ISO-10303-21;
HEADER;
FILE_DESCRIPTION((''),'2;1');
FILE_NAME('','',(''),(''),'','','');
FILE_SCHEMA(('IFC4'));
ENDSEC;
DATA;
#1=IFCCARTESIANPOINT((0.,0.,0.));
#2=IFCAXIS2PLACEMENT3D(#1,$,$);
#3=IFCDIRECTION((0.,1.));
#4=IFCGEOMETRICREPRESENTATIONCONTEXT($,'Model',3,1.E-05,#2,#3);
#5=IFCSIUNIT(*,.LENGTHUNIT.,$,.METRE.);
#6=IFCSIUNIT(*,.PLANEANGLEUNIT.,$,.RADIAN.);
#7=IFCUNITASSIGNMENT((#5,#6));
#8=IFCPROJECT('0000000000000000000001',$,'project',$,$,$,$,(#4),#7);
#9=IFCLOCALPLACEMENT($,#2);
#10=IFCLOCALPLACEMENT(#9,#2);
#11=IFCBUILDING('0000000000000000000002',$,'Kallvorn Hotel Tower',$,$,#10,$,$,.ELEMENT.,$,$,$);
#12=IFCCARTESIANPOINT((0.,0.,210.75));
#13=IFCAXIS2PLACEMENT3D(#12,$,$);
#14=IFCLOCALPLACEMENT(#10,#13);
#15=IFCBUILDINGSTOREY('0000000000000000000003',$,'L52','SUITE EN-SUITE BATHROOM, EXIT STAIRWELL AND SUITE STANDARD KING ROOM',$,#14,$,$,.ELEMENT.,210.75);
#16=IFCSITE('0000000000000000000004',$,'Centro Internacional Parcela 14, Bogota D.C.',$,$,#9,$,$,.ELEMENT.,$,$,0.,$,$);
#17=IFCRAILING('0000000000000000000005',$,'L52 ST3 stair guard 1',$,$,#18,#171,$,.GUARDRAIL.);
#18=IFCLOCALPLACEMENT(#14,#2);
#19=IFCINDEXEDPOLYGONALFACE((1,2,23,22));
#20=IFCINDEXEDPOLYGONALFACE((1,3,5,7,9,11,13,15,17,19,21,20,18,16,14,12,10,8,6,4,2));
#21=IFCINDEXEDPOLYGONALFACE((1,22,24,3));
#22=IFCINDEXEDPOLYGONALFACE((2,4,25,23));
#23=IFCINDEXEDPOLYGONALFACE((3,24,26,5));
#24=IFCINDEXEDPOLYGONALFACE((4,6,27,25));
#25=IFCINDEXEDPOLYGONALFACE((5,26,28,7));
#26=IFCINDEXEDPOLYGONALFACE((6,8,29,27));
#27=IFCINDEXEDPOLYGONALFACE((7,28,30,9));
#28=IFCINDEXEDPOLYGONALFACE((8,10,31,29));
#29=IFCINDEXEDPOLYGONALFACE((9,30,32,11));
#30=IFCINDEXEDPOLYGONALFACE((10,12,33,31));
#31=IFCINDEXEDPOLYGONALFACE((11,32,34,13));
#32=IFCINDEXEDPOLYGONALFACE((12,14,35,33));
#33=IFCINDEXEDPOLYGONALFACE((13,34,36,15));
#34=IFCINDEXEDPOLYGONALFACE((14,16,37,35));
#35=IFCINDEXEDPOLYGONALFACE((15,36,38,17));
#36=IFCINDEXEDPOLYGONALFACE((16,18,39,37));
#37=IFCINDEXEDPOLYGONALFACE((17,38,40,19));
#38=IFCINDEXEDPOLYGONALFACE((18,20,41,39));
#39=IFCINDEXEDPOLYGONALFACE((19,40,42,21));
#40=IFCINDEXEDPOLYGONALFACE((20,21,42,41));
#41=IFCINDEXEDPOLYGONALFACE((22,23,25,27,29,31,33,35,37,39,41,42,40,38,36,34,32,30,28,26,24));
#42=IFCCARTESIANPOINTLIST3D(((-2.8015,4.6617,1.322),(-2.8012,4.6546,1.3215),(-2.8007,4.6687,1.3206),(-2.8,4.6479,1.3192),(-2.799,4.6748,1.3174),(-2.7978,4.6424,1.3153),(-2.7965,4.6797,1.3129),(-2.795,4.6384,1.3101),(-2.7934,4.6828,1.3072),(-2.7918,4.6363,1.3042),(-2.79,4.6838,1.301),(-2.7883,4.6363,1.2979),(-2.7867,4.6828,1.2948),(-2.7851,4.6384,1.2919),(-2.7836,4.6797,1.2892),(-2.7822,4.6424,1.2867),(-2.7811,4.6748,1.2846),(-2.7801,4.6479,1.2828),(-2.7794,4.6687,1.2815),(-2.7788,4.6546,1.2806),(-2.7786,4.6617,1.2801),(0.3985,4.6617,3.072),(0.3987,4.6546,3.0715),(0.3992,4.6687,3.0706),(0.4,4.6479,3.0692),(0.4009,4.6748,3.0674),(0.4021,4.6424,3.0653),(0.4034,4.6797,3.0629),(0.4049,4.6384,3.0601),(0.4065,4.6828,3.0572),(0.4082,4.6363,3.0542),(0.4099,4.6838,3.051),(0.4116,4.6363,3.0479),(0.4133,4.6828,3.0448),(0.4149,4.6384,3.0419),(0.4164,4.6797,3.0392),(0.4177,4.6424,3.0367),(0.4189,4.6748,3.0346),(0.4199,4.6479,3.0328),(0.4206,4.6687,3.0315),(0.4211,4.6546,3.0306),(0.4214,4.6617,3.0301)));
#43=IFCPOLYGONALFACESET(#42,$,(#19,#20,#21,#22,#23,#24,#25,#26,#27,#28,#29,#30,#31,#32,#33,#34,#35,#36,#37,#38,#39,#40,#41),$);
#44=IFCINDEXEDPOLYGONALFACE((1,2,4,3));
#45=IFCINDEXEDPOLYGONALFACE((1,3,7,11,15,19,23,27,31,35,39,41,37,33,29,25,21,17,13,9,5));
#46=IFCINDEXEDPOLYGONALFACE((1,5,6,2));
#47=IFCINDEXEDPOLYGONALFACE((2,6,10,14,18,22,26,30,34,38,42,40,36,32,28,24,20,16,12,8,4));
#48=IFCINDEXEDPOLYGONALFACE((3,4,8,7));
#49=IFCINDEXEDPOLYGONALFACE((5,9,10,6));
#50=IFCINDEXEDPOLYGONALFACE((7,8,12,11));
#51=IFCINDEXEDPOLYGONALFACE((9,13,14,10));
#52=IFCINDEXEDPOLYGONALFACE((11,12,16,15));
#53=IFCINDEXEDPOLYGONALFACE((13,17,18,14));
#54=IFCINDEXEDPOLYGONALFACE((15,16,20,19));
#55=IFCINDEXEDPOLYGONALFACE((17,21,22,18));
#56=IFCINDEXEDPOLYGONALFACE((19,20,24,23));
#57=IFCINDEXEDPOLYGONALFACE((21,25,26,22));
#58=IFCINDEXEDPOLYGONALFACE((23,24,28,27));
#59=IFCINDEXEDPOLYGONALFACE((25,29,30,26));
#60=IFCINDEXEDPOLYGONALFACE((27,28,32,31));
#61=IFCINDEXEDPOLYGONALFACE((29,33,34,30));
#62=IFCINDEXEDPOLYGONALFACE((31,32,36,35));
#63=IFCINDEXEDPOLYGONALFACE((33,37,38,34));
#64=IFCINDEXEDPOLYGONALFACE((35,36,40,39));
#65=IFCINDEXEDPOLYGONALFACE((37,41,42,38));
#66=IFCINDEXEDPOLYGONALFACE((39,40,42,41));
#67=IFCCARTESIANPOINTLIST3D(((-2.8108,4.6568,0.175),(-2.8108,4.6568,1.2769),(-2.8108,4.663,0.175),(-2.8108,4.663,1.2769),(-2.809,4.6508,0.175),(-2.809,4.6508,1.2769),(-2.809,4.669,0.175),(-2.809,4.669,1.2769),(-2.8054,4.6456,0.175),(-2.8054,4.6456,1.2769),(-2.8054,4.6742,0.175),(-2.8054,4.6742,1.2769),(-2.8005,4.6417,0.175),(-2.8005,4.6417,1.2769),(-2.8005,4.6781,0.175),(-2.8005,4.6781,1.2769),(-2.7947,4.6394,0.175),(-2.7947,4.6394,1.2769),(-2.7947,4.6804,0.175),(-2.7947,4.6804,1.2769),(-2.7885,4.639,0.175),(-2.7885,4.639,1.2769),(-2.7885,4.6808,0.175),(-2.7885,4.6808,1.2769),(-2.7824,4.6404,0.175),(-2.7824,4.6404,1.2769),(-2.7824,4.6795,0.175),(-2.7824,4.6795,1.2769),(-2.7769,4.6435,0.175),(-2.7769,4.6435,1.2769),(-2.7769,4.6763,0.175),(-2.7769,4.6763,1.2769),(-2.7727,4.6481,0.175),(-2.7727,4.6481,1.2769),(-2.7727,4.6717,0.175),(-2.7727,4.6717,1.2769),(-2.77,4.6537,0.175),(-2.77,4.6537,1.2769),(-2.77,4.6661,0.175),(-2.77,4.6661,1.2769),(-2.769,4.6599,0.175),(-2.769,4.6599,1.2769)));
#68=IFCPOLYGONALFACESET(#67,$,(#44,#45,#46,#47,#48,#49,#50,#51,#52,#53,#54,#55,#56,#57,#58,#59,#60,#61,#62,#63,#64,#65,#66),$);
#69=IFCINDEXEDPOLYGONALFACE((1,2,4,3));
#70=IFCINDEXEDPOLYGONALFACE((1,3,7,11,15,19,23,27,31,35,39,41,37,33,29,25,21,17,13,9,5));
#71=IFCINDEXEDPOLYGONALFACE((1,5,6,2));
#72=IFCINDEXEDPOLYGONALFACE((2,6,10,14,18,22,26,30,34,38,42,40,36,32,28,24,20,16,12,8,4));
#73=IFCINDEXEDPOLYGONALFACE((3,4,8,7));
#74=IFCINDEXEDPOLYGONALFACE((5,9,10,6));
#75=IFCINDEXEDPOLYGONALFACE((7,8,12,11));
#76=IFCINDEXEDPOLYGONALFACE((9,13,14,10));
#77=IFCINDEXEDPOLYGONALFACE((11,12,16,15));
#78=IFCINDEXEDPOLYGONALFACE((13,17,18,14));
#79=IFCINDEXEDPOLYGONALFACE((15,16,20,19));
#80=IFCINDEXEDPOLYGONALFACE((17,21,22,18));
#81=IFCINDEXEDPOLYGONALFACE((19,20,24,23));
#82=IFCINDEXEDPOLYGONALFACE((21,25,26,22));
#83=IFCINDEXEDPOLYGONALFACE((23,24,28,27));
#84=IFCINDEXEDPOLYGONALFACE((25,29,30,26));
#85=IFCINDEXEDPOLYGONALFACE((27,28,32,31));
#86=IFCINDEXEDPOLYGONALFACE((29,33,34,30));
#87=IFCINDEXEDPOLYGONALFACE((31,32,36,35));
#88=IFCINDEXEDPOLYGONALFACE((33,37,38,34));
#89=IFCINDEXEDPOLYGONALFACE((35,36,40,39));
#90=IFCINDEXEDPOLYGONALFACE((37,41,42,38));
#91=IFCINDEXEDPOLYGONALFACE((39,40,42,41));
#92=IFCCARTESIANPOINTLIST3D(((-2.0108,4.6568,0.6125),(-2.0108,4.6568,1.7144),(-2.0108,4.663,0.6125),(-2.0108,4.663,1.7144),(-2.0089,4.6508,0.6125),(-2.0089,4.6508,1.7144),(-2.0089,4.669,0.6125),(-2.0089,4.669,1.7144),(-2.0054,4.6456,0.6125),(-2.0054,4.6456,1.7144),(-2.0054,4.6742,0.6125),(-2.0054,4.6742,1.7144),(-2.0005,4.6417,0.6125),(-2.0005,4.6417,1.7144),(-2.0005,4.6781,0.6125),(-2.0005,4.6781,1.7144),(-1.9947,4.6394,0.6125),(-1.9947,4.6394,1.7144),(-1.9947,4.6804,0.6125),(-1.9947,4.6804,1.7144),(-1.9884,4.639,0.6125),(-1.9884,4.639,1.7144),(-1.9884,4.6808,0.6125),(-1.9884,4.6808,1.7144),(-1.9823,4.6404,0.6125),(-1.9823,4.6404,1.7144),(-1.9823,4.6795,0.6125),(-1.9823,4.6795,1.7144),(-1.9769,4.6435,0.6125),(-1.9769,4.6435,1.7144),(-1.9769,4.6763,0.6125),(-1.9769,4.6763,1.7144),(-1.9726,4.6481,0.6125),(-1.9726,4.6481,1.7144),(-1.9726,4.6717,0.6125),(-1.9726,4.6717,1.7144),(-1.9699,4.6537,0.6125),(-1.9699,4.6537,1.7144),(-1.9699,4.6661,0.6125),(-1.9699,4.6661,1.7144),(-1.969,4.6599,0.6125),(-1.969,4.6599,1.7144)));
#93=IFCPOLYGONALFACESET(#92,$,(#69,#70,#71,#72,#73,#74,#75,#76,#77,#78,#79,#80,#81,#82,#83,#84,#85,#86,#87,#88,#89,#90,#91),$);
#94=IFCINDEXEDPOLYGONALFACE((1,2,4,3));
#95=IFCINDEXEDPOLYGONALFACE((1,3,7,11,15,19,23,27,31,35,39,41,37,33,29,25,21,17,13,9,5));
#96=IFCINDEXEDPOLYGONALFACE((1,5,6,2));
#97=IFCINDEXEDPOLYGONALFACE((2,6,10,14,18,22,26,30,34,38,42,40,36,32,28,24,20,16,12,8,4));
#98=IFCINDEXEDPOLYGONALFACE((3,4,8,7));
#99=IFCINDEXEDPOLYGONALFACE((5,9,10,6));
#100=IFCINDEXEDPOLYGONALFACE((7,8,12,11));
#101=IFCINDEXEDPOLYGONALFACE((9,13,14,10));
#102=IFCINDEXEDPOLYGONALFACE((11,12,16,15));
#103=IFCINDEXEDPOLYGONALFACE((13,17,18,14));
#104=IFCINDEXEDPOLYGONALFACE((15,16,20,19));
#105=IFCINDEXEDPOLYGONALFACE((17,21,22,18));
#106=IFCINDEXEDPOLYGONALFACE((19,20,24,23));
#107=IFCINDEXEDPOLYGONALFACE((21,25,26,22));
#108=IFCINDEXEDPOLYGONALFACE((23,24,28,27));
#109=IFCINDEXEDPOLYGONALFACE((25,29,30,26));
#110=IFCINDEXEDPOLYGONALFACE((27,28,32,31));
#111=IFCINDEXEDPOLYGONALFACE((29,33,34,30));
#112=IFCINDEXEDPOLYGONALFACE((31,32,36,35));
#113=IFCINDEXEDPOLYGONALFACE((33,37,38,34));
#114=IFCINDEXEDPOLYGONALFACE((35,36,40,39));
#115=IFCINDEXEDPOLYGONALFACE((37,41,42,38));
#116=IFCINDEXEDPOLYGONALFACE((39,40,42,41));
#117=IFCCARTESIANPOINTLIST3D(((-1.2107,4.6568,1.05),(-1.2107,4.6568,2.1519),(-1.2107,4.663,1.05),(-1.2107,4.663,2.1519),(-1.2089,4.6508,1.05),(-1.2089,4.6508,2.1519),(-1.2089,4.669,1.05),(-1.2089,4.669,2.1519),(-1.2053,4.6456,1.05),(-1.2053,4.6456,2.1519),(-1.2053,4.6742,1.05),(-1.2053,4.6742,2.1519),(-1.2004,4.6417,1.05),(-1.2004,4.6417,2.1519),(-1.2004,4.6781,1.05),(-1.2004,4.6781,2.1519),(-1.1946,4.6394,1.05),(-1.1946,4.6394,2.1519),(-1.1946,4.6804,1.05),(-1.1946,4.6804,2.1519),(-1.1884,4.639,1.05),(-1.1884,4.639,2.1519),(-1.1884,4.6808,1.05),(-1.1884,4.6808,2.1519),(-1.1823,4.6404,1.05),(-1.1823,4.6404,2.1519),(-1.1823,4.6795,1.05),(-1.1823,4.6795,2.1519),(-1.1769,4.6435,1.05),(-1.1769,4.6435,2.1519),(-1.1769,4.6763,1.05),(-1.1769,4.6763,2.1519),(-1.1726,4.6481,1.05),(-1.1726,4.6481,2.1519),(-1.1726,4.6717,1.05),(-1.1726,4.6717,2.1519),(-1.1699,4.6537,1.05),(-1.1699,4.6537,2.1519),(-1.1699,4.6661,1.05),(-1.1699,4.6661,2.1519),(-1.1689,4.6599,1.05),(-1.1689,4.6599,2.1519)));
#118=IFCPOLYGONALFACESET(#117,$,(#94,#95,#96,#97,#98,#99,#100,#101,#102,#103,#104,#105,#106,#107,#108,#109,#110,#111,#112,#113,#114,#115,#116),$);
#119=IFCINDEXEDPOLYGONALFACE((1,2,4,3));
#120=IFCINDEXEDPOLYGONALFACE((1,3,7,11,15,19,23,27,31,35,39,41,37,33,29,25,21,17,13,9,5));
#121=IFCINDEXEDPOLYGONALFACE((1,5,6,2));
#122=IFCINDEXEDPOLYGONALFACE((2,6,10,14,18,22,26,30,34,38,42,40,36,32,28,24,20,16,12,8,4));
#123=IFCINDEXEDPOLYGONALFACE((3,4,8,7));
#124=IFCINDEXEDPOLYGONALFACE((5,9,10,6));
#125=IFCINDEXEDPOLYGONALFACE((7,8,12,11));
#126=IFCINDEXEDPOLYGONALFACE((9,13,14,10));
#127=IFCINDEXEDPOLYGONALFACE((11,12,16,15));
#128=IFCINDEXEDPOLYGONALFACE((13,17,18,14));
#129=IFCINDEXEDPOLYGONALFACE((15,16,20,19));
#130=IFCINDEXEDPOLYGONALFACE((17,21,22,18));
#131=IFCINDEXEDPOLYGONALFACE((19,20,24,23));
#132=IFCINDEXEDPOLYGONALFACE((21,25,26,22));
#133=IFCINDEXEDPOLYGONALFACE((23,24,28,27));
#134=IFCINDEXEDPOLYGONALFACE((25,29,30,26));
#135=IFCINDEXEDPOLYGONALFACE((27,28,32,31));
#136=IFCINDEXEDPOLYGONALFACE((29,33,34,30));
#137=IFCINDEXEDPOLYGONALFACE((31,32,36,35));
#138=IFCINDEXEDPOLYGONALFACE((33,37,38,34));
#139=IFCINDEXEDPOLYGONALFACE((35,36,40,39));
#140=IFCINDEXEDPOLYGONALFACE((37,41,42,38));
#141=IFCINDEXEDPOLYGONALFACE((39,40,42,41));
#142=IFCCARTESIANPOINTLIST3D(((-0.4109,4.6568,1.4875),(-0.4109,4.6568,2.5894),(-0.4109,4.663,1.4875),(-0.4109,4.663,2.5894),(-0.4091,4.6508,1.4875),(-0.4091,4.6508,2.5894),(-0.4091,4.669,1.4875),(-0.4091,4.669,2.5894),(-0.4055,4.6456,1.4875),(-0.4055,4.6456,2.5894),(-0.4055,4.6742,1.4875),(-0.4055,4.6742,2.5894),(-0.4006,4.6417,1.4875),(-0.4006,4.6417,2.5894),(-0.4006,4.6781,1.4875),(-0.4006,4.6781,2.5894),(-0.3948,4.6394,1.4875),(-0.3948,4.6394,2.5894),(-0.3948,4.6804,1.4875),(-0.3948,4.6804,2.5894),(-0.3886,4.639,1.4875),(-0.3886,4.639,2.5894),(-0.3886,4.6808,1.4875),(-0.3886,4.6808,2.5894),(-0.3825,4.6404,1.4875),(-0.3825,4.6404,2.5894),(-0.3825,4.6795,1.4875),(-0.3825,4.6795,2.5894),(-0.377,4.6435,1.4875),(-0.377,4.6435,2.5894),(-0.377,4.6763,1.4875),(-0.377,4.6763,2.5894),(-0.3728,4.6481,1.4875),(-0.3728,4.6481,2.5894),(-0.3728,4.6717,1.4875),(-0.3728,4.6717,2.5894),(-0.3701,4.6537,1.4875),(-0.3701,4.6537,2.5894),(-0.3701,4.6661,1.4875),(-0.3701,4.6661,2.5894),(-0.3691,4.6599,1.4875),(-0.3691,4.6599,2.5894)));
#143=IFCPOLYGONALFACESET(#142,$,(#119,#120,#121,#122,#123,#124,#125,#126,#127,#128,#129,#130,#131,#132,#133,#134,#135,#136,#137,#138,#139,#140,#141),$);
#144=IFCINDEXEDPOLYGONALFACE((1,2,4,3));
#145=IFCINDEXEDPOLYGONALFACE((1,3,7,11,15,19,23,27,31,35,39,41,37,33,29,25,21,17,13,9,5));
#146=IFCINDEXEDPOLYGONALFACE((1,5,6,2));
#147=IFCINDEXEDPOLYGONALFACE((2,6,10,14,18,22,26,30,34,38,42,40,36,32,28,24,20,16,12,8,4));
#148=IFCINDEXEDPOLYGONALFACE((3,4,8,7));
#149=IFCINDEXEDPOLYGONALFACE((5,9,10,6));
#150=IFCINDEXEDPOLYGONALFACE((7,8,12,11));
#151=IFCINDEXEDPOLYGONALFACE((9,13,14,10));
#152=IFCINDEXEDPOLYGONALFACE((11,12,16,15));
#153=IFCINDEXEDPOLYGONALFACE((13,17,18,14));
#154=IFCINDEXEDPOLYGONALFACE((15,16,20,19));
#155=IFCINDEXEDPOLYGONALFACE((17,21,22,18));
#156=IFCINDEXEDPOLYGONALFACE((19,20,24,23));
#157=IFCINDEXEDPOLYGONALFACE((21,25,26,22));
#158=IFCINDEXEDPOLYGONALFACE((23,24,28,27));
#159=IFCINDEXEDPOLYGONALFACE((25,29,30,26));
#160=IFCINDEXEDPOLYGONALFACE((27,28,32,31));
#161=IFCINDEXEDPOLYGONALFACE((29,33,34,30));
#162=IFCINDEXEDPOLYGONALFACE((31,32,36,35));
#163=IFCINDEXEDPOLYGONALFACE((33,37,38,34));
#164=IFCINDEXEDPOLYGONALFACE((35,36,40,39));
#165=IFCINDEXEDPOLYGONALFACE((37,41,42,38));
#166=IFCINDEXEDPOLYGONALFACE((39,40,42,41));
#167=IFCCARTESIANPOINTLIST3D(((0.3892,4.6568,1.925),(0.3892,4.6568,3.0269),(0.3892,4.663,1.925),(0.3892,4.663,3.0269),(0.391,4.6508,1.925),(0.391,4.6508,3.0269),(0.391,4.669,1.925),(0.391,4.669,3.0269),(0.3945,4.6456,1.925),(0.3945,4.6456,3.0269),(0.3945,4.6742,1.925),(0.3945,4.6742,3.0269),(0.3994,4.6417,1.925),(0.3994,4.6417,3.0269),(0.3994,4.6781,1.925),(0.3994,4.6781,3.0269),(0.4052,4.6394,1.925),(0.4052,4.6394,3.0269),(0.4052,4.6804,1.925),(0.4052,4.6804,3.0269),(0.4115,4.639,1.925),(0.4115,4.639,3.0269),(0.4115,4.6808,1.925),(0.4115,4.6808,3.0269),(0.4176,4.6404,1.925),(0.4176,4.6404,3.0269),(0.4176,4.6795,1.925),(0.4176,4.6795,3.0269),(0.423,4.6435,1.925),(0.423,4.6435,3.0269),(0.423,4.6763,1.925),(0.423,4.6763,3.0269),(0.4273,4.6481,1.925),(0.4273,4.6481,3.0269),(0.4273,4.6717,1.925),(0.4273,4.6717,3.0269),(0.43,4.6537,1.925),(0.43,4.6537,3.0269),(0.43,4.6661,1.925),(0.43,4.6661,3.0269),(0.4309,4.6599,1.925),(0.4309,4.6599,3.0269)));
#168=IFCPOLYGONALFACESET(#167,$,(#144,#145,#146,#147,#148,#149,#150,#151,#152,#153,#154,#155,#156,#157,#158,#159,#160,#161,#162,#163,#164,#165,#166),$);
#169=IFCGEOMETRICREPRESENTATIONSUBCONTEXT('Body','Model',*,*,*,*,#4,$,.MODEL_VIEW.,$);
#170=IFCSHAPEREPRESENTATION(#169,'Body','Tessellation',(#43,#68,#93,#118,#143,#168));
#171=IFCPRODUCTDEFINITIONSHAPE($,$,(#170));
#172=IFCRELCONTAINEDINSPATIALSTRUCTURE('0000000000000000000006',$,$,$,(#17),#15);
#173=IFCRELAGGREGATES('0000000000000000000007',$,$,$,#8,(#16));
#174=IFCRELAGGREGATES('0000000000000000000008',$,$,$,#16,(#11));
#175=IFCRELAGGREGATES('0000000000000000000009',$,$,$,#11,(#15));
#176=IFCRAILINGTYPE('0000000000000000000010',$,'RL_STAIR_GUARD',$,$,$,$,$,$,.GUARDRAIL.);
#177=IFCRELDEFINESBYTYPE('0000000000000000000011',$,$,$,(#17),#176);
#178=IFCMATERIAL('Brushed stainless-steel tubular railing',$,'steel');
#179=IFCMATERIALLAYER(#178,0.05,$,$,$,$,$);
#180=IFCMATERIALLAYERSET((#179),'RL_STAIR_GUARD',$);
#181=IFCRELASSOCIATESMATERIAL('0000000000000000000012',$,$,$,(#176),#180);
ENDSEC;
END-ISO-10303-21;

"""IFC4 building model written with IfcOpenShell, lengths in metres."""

from ifc_helpers import new_model, si_unit, direction, frame, origin, origin_2d, place, context, subcontext, project, spatial, circle, extrude, material, layer, layer_set, type_object, element, save


model = new_model("IFC4")

# Units and contexts
model_context = context("Model", 3, precision=1e-05, world=origin(), true_north=direction((0.0, 1.0)))
body_context = subcontext(model_context, "Body", "Model", "MODEL_VIEW")
ifc_project = project(units=[si_unit("LENGTHUNIT", "METRE"), si_unit("PLANEANGLEUNIT", "RADIAN")], contexts=[model_context])

# Site, building, storey
site_placement = place(None, origin())
site = spatial("IfcSite", under=ifc_project, at=site_placement, Name="Centro Internacional Parcela 14, Bogota D.C.", CompositionType="ELEMENT", RefElevation=0.0)
building_placement = place(site_placement, origin())
building = spatial("IfcBuilding", under=site, at=building_placement, Name="Kallvorn Hotel Tower", CompositionType="ELEMENT")
storey_placement = place(building_placement, frame((0.0, 0.0, 210.75)))
storey = spatial("IfcBuildingStorey", under=building, at=storey_placement, Name="L52", Description="SUITE EN-SUITE BATHROOM, EXIT STAIRWELL AND SUITE STANDARD KING ROOM", CompositionType="ELEMENT", Elevation=210.75)

# Railing
ifc_material_1 = material(Name="Brushed stainless-steel tubular railing", Category="steel")
ifc_layer_1 = layer(ifc_material_1, 0.05)
ifc_layer_set_1 = layer_set([ifc_layer_1], Name="RL_STAIR_GUARD")
railing_type_1 = type_object("IfcRailingType", Name="RL_STAIR_GUARD", PredefinedType="GUARDRAIL", material=ifc_layer_set_1)
railing_1_placement = place(storey_placement, frame((-2.79, 4.6599, 0.175)))
element("IfcRailing", 1, at=railing_1_placement, inside=storey, type_object=railing_type_1, Name="L52 ST3 stair guard 1", PredefinedType="GUARDRAIL", context=body_context, shape_type="SweptSolid", body=[
    extrude(circle(Radius=0.0239, at=origin_2d()), frame((0.0, 0.0, 1.126), z_axis=(0.877368, 0.0, 0.479818), x_axis=(0.0, 1.0, 0.0)), (0.0, 0.0, 1.0), 3.6472),
    extrude(circle(Radius=0.021, at=origin_2d()), origin(), (0.0, 0.0, 1.0), 1.1018),
    extrude(circle(Radius=0.021, at=origin_2d()), frame((0.8, 0.0, 0.4375)), (0.0, 0.0, 1.0), 1.1018),
    extrude(circle(Radius=0.021, at=origin_2d()), frame((1.6001, 0.0, 0.875)), (0.0, 0.0, 1.0), 1.1018),
    extrude(circle(Radius=0.021, at=origin_2d()), frame((2.3999, 0.0, 1.3125)), (0.0, 0.0, 1.0), 1.1018),
    extrude(circle(Radius=0.021, at=origin_2d()), frame((3.2, 0.0, 1.75)), (0.0, 0.0, 1.0), 1.1018),
])

save(model, "model.ifc")
